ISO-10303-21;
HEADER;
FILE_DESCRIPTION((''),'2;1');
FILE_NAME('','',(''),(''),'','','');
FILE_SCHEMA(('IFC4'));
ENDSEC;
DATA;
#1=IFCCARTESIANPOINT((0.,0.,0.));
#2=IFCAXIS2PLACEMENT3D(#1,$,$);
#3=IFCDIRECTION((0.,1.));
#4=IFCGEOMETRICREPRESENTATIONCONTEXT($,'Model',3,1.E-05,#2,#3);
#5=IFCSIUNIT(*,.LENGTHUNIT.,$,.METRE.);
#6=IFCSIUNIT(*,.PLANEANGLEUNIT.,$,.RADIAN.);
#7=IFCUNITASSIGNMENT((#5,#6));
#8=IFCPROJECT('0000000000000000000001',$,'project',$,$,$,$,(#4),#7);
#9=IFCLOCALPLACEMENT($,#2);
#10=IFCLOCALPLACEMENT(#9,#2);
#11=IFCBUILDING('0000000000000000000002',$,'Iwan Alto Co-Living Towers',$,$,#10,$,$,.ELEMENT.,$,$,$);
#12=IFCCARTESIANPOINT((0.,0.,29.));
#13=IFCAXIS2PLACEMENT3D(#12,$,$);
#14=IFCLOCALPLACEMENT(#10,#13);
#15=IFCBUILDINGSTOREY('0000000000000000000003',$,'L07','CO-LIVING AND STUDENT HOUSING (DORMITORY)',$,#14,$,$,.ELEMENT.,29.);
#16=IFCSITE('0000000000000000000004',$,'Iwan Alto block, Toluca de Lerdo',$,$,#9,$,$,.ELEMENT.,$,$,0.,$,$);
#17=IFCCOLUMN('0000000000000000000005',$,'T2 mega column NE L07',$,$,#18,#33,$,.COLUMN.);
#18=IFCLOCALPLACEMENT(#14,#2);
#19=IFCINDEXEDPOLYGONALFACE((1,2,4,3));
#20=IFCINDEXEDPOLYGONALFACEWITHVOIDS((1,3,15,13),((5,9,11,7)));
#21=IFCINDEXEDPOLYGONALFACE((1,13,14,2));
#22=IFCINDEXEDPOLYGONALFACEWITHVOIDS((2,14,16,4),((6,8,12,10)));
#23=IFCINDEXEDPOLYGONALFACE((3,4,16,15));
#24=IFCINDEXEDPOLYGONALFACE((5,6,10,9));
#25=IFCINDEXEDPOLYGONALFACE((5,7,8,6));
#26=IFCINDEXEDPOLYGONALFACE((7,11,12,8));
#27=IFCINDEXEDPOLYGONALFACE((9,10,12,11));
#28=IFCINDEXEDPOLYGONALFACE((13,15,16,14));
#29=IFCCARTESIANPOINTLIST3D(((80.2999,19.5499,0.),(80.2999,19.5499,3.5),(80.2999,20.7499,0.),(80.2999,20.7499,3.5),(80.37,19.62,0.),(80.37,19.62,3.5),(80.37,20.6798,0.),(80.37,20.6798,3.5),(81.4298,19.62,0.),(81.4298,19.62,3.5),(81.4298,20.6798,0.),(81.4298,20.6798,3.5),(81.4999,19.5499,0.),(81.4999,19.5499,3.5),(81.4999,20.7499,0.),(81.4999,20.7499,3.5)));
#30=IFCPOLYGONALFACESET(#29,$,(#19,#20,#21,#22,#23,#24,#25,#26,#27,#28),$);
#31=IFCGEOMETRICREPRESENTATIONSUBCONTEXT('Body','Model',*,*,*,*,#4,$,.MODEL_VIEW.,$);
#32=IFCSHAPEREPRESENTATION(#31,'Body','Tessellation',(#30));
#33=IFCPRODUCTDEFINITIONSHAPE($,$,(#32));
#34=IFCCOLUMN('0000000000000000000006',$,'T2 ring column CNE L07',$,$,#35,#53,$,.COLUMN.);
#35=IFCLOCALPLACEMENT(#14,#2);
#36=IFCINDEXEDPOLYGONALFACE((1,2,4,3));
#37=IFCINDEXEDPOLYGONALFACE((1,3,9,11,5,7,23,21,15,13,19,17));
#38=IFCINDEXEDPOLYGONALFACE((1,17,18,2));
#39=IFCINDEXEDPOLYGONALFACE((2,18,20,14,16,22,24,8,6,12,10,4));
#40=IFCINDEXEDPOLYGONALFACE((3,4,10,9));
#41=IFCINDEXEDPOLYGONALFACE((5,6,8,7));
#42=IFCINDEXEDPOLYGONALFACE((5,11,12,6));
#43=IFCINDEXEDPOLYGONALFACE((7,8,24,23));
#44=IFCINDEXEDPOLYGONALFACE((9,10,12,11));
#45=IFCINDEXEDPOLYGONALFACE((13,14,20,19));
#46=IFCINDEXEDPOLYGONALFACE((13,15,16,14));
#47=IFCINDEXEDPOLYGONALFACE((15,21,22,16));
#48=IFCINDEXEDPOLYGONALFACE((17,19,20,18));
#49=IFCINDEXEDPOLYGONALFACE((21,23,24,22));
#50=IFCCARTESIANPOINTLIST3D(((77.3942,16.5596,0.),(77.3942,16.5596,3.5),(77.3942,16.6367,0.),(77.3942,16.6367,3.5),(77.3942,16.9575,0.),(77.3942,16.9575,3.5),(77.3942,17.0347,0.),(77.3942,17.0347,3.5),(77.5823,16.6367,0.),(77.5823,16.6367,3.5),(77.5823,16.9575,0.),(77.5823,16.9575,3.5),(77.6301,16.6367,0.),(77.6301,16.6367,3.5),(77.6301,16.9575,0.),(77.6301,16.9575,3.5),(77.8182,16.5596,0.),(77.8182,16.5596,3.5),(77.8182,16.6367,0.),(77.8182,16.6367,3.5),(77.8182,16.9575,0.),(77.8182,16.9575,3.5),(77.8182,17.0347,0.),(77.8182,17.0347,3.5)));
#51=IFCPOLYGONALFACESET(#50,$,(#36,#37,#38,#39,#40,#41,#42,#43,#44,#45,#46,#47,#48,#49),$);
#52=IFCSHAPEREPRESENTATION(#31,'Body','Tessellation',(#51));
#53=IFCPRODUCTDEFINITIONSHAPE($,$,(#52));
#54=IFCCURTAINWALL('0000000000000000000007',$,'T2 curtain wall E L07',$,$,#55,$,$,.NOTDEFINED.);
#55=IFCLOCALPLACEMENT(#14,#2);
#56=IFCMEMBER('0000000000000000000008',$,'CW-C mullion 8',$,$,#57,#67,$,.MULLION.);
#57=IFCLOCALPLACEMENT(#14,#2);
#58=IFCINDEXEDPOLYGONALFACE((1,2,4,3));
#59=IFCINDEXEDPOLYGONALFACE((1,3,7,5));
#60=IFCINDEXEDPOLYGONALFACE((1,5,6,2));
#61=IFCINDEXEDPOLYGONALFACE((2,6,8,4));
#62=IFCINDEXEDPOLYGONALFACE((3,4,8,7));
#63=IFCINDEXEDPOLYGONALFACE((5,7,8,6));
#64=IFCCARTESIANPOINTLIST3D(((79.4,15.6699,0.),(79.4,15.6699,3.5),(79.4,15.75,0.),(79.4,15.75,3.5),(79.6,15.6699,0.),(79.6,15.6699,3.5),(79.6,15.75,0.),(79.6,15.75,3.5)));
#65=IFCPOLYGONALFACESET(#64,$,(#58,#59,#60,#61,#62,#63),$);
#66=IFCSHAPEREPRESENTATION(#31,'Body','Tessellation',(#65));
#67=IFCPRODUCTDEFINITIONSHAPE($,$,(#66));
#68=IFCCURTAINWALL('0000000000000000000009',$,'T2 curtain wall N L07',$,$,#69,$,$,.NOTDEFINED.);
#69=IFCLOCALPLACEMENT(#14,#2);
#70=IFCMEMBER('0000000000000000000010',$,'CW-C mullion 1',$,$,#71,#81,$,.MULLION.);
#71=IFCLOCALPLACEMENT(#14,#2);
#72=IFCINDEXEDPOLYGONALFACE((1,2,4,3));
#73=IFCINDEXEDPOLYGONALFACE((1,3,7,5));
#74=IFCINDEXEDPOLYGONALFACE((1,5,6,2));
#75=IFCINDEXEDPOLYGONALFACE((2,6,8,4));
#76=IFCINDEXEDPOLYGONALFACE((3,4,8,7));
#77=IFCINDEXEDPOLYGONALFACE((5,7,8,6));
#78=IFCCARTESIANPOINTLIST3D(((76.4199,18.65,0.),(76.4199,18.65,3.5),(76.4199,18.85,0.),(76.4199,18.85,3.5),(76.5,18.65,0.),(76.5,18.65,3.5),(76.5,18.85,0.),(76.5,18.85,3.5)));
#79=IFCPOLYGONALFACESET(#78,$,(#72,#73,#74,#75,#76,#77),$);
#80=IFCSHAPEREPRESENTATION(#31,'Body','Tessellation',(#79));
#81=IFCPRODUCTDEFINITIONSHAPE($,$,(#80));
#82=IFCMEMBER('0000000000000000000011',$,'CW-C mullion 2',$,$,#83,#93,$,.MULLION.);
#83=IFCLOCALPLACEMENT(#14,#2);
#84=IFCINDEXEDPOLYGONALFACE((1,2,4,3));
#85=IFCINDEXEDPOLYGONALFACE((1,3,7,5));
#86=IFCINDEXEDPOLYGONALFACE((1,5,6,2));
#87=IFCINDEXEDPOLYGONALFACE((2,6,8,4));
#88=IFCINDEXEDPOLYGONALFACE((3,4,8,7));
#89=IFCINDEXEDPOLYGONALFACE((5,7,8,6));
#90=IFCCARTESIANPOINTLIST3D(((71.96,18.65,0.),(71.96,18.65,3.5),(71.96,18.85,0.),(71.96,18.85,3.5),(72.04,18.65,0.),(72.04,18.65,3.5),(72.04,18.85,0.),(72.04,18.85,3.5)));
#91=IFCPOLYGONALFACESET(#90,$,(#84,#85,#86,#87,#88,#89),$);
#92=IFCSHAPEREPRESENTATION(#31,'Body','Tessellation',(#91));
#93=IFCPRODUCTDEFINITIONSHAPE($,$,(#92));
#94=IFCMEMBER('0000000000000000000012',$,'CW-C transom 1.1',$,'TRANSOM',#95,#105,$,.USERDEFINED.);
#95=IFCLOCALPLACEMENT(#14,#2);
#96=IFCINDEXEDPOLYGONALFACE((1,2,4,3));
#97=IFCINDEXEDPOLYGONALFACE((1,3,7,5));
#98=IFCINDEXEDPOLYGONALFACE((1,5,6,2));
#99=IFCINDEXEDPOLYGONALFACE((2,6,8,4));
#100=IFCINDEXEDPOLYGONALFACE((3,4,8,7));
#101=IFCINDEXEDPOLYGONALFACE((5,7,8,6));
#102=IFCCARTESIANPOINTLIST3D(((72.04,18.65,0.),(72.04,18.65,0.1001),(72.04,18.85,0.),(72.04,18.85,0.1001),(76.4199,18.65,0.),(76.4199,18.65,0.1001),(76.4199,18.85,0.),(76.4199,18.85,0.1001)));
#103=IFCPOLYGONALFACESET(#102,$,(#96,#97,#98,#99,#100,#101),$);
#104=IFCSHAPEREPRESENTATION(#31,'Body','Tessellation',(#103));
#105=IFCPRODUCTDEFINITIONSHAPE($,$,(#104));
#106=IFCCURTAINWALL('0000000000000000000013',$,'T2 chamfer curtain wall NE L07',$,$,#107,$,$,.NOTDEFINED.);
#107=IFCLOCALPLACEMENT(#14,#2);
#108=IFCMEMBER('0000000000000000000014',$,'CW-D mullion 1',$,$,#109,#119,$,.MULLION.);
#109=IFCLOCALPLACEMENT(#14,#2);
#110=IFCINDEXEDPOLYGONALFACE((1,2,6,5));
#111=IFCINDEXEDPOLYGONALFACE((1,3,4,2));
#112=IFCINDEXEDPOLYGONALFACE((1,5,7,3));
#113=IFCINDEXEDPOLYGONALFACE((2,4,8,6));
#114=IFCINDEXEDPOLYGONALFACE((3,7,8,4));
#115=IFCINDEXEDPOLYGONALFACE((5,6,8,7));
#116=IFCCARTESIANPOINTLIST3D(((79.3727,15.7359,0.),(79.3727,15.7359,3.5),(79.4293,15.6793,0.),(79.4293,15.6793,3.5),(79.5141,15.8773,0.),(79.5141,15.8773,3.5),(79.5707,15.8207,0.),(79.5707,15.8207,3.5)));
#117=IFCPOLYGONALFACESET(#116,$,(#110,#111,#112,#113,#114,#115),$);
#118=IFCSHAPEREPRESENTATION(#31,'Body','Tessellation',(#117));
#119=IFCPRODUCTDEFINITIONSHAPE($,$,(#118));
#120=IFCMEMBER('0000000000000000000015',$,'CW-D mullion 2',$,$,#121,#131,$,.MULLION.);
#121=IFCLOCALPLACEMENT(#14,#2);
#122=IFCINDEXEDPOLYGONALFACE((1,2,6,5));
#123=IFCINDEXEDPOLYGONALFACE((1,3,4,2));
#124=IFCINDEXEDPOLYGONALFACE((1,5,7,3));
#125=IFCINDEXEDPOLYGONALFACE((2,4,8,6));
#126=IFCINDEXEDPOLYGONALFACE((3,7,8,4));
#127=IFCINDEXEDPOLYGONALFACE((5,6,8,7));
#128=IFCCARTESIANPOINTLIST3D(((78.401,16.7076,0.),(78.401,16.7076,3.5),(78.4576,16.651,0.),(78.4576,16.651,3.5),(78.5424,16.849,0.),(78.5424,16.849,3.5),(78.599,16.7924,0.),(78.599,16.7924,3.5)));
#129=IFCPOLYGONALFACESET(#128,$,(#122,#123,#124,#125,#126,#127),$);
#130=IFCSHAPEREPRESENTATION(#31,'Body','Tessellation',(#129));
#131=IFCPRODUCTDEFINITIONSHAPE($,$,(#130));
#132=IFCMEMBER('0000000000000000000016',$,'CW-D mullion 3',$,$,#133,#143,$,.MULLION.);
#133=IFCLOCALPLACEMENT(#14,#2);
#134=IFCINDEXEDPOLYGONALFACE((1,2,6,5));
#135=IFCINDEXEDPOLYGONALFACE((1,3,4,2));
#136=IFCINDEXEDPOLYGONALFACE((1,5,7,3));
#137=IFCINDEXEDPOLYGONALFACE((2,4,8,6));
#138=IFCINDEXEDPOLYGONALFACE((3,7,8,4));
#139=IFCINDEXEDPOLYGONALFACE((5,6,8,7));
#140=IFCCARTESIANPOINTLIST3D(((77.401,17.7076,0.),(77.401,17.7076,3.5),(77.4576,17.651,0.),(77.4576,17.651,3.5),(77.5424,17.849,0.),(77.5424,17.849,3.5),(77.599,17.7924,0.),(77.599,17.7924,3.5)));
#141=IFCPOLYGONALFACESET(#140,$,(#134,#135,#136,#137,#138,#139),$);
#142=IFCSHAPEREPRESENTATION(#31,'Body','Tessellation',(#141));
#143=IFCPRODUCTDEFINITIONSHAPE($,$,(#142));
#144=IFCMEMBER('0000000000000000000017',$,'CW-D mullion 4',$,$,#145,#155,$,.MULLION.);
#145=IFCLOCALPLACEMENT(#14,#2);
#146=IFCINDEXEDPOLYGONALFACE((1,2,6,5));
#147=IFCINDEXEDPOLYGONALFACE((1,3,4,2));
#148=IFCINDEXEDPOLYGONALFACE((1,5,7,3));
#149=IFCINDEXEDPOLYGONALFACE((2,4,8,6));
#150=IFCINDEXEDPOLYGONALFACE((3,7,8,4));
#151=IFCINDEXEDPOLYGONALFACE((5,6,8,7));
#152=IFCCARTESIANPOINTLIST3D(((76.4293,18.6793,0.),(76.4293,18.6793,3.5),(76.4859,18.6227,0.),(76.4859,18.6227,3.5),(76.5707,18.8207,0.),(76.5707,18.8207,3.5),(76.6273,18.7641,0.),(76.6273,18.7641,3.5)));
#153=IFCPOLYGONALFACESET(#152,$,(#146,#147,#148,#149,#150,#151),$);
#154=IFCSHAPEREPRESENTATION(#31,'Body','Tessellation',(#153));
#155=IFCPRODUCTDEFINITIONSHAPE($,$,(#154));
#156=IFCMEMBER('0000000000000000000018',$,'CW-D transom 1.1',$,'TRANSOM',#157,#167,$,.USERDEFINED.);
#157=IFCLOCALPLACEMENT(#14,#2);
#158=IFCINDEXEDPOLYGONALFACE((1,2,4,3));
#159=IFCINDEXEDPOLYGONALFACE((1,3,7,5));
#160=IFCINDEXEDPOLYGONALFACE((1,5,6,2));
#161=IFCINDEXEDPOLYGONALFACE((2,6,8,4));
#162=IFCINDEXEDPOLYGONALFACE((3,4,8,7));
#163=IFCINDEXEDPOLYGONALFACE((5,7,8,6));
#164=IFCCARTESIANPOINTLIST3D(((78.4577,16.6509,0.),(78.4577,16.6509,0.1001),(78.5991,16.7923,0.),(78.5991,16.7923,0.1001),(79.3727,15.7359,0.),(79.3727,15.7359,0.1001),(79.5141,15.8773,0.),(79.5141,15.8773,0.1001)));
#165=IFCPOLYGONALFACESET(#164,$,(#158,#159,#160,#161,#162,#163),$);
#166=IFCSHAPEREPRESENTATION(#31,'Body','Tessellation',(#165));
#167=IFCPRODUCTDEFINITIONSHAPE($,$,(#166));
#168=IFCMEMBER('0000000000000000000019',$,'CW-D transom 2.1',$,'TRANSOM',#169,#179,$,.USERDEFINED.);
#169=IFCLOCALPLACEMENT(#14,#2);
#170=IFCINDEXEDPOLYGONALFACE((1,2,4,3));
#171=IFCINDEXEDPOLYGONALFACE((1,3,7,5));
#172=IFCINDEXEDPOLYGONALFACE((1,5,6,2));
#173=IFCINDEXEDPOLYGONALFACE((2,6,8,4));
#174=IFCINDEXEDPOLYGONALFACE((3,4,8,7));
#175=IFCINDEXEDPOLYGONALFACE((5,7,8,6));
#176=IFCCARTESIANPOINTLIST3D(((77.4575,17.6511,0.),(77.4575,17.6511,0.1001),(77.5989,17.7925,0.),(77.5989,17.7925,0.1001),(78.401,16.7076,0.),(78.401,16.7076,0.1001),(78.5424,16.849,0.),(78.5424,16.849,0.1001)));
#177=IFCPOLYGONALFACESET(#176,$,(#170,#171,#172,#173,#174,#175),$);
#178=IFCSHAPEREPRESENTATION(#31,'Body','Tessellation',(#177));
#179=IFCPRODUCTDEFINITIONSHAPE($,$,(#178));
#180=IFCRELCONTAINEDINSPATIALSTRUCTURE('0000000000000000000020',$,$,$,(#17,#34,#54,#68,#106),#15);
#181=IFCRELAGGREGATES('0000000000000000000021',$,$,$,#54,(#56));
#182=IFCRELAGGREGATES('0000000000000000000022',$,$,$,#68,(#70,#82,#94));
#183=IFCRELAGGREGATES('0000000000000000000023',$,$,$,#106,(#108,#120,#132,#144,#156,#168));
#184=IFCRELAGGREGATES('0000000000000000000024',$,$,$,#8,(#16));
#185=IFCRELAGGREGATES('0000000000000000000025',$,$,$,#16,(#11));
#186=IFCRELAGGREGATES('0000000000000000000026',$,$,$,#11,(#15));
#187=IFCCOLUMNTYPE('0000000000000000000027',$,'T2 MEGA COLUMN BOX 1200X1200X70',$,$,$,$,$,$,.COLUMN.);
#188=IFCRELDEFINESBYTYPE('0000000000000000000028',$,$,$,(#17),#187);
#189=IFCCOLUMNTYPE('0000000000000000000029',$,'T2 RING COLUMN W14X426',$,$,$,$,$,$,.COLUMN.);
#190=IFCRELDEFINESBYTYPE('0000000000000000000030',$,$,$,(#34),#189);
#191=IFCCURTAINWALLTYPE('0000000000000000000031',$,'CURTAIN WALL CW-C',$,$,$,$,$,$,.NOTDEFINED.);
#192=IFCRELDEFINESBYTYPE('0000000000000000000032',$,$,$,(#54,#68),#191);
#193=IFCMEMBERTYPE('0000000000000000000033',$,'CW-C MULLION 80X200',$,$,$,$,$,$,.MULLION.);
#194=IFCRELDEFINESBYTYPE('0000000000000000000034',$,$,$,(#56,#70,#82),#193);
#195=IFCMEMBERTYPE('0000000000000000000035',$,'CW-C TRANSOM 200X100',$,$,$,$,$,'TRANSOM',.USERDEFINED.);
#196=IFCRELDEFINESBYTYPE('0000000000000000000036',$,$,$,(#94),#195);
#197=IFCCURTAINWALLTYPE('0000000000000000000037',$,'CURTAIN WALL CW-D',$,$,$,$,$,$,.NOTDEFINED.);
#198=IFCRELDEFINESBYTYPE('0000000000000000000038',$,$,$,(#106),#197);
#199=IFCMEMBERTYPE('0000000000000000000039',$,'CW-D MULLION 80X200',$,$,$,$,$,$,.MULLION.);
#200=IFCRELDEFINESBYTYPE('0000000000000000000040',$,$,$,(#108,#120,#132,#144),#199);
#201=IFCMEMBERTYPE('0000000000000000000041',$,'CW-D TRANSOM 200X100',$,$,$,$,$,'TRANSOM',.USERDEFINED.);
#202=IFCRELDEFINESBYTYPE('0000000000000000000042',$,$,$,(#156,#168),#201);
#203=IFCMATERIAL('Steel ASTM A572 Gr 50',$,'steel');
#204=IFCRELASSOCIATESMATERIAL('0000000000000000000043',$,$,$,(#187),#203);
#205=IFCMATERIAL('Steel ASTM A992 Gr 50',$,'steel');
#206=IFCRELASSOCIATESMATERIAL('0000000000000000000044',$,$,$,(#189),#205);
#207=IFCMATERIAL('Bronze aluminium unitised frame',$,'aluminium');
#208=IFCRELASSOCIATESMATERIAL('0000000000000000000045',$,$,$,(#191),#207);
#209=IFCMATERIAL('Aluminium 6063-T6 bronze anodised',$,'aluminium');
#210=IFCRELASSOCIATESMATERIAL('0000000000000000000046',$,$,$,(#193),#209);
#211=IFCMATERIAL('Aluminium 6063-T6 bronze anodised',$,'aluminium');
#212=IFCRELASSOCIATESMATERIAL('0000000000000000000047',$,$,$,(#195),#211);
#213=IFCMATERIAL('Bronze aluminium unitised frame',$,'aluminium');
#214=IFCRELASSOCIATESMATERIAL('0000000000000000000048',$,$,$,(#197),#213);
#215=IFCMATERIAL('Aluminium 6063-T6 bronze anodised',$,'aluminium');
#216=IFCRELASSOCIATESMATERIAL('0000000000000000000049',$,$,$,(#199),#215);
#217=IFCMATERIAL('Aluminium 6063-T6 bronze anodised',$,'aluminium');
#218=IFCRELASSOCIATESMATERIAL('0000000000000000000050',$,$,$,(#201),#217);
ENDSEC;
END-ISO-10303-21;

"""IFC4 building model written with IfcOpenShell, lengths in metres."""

from ifc_helpers import new_model, si_unit, direction, frame, origin, origin_2d, place, context, subcontext, project, spatial, rectangle, hollow_rectangle, i_section, extrude, material, material_profile, profile_set, type_object, element, aggregate, save


model = new_model("IFC4")

# Units and contexts
model_context = context("Model", 3, precision=1e-05, world=origin(), true_north=direction((0.0, 1.0)))
body_context = subcontext(model_context, "Body", "Model", "MODEL_VIEW")
ifc_project = project(units=[si_unit("LENGTHUNIT", "METRE"), si_unit("PLANEANGLEUNIT", "RADIAN")], contexts=[model_context])

# Site, building, storey
site_placement = place(None, origin())
site = spatial("IfcSite", under=ifc_project, at=site_placement, Name="Iwan Alto block, Toluca de Lerdo", CompositionType="ELEMENT", RefElevation=0.0)
building_placement = place(site_placement, origin())
building = spatial("IfcBuilding", under=site, at=building_placement, Name="Iwan Alto Co-Living Towers", CompositionType="ELEMENT")
storey_placement = place(building_placement, frame((0.0, 0.0, 29.0)))
storey = spatial("IfcBuildingStorey", under=building, at=storey_placement, Name="L07", Description="CO-LIVING AND STUDENT HOUSING (DORMITORY)", CompositionType="ELEMENT", Elevation=29.0)

# Columns
ifc_material_1 = material(Name="Steel ASTM A572 Gr 50", Category="steel")
ifc_material_profile_1 = material_profile(ifc_material_1, hollow_rectangle(XDim=1.2, YDim=1.2, WallThickness=0.0701, at=origin_2d()), Name="BOX 1200X1200X70")
ifc_profile_set_1 = profile_set([ifc_material_profile_1], Name="Steel ASTM A572 Gr 50")
column_type_1 = type_object("IfcColumnType", Name="T2 MEGA COLUMN BOX 1200X1200X70", PredefinedType="COLUMN", material=ifc_profile_set_1)
column_1_placement = place(storey_placement, frame((80.8999, 20.1499, 0.0), z_axis=(0.0, 0.0, 1.0), x_axis=(1.0, 0.0, 0.0)))
element("IfcColumn", 1, at=column_1_placement, inside=storey, type_object=column_type_1, Name="T2 mega column NE L07", PredefinedType="COLUMN", context=body_context, shape_type="SweptSolid", body=[
    extrude(hollow_rectangle(XDim=1.2, YDim=1.2, WallThickness=0.0701, at=origin_2d()), origin(), (0.0, 0.0, 1.0), 3.5),
])
ifc_material_2 = material(Name="Steel ASTM A992 Gr 50", Category="steel")
ifc_material_profile_2 = material_profile(ifc_material_2, i_section(OverallWidth=0.4241, OverallDepth=0.4751, WebThickness=0.0479, FlangeThickness=0.0771, at=origin_2d()), Name="W14X426")
ifc_profile_set_2 = profile_set([ifc_material_profile_2], Name="Steel ASTM A992 Gr 50")
column_type_2 = type_object("IfcColumnType", Name="T2 RING COLUMN W14X426", PredefinedType="COLUMN", material=ifc_profile_set_2)
column_2_placement = place(storey_placement, frame((77.6062, 16.7971, 0.0), z_axis=(0.0, 0.0, 1.0), x_axis=(1.0, 0.0, 0.0)))
element("IfcColumn", 2, at=column_2_placement, inside=storey, type_object=column_type_2, Name="T2 ring column CNE L07", PredefinedType="COLUMN", context=body_context, shape_type="SweptSolid", body=[
    extrude(i_section(OverallWidth=0.4241, OverallDepth=0.4751, WebThickness=0.0479, FlangeThickness=0.0771, at=origin_2d()), origin(), (0.0, 0.0, 1.0), 3.5),
])

# Curtain wall, member
ifc_material_3 = material(Name="Bronze aluminium unitised frame", Category="aluminium")
curtain_wall_type_1 = type_object("IfcCurtainWallType", Name="CURTAIN WALL CW-C", PredefinedType="NOTDEFINED", material=ifc_material_3)
curtain_wall_1_placement = place(storey_placement, origin())
curtain_wall_1 = element("IfcCurtainWall", 3, at=curtain_wall_1_placement, inside=storey, type_object=curtain_wall_type_1, Name="T2 curtain wall E L07", PredefinedType="NOTDEFINED")
ifc_material_4 = material(Name="Aluminium 6063-T6 bronze anodised", Category="aluminium")
ifc_material_profile_3 = material_profile(ifc_material_4, rectangle(XDim=0.2, YDim=0.0801, at=origin_2d()), Name="AL 80X200")
ifc_profile_set_3 = profile_set([ifc_material_profile_3], Name="Aluminium 6063-T6 bronze anodised")
member_type_1 = type_object("IfcMemberType", Name="CW-C MULLION 80X200", PredefinedType="MULLION", material=ifc_profile_set_3)
member_1_placement = place(storey_placement, frame((79.5, 15.71, 0.0), z_axis=(0.0, 0.0, 1.0), x_axis=(-1.0, 0.0, 0.0)))
member_1 = element("IfcMember", 4, at=member_1_placement, type_object=member_type_1, Name="CW-C mullion 8", PredefinedType="MULLION", context=body_context, shape_type="SweptSolid", body=[
    extrude(rectangle(XDim=0.2, YDim=0.0801, at=origin_2d()), origin(), (0.0, 0.0, 1.0), 3.5),
])

# Curtain walls, members
curtain_wall_2_placement = place(storey_placement, origin())
curtain_wall_2 = element("IfcCurtainWall", 5, at=curtain_wall_2_placement, inside=storey, type_object=curtain_wall_type_1, Name="T2 curtain wall N L07", PredefinedType="NOTDEFINED")
member_2_placement = place(storey_placement, frame((76.46, 18.75, 0.0), z_axis=(0.0, 0.0, 1.0), x_axis=(0.0, -1.0, 0.0)))
member_2 = element("IfcMember", 6, at=member_2_placement, type_object=member_type_1, Name="CW-C mullion 1", PredefinedType="MULLION", context=body_context, shape_type="SweptSolid", body=[
    extrude(rectangle(XDim=0.2, YDim=0.0801, at=origin_2d()), origin(), (0.0, 0.0, 1.0), 3.5),
])
member_3_placement = place(storey_placement, frame((72.0, 18.75, 0.0), z_axis=(0.0, 0.0, 1.0), x_axis=(0.0, -1.0, 0.0)))
member_3 = element("IfcMember", 7, at=member_3_placement, type_object=member_type_1, Name="CW-C mullion 2", PredefinedType="MULLION", context=body_context, shape_type="SweptSolid", body=[
    extrude(rectangle(XDim=0.2, YDim=0.0801, at=origin_2d()), origin(), (0.0, 0.0, 1.0), 3.5),
])
ifc_material_5 = material(Name="Aluminium 6063-T6 bronze anodised", Category="aluminium")
ifc_material_profile_4 = material_profile(ifc_material_5, rectangle(XDim=0.2, YDim=0.1001, at=origin_2d()), Name="AL 200X100")
ifc_profile_set_4 = profile_set([ifc_material_profile_4], Name="Aluminium 6063-T6 bronze anodised")
member_type_2 = type_object("IfcMemberType", Name="CW-C TRANSOM 200X100", ElementType="TRANSOM", PredefinedType="USERDEFINED", material=ifc_profile_set_4)
member_4_placement = place(storey_placement, frame((76.4199, 18.75, 0.05), z_axis=(-1.0, 0.0, 0.0), x_axis=(0.0, -1.0, 0.0)))
member_4 = element("IfcMember", 8, at=member_4_placement, type_object=member_type_2, Name="CW-C transom 1.1", ObjectType="TRANSOM", PredefinedType="USERDEFINED", context=body_context, shape_type="SweptSolid", body=[
    extrude(rectangle(XDim=0.2, YDim=0.1001, at=origin_2d()), origin(), (0.0, 0.0, 1.0), 4.3799),
])
ifc_material_6 = material(Name="Bronze aluminium unitised frame", Category="aluminium")
curtain_wall_type_2 = type_object("IfcCurtainWallType", Name="CURTAIN WALL CW-D", PredefinedType="NOTDEFINED", material=ifc_material_6)
curtain_wall_3_placement = place(storey_placement, origin())
curtain_wall_3 = element("IfcCurtainWall", 9, at=curtain_wall_3_placement, inside=storey, type_object=curtain_wall_type_2, Name="T2 chamfer curtain wall NE L07", PredefinedType="NOTDEFINED")
ifc_material_7 = material(Name="Aluminium 6063-T6 bronze anodised", Category="aluminium")
ifc_material_profile_5 = material_profile(ifc_material_7, rectangle(XDim=0.2, YDim=0.0801, at=origin_2d()), Name="AL 80X200")
ifc_profile_set_5 = profile_set([ifc_material_profile_5], Name="Aluminium 6063-T6 bronze anodised")
member_type_3 = type_object("IfcMemberType", Name="CW-D MULLION 80X200", PredefinedType="MULLION", material=ifc_profile_set_5)
member_5_placement = place(storey_placement, frame((79.4717, 15.7783, 0.0), z_axis=(0.0, 0.0, 1.0), x_axis=(-0.707107, -0.707107, 0.0)))
member_5 = element("IfcMember", 10, at=member_5_placement, type_object=member_type_3, Name="CW-D mullion 1", PredefinedType="MULLION", context=body_context, shape_type="SweptSolid", body=[
    extrude(rectangle(XDim=0.2, YDim=0.0801, at=origin_2d()), origin(), (0.0, 0.0, 1.0), 3.5),
])
member_6_placement = place(storey_placement, frame((78.5, 16.75, 0.0), z_axis=(0.0, 0.0, 1.0), x_axis=(-0.707107, -0.707107, 0.0)))
member_6 = element("IfcMember", 11, at=member_6_placement, type_object=member_type_3, Name="CW-D mullion 2", PredefinedType="MULLION", context=body_context, shape_type="SweptSolid", body=[
    extrude(rectangle(XDim=0.2, YDim=0.0801, at=origin_2d()), origin(), (0.0, 0.0, 1.0), 3.5),
])
member_7_placement = place(storey_placement, frame((77.5, 17.75, 0.0), z_axis=(0.0, 0.0, 1.0), x_axis=(-0.707107, -0.707107, 0.0)))
member_7 = element("IfcMember", 12, at=member_7_placement, type_object=member_type_3, Name="CW-D mullion 3", PredefinedType="MULLION", context=body_context, shape_type="SweptSolid", body=[
    extrude(rectangle(XDim=0.2, YDim=0.0801, at=origin_2d()), origin(), (0.0, 0.0, 1.0), 3.5),
])
member_8_placement = place(storey_placement, frame((76.5283, 18.7217, 0.0), z_axis=(0.0, 0.0, 1.0), x_axis=(-0.707107, -0.707107, 0.0)))
member_8 = element("IfcMember", 13, at=member_8_placement, type_object=member_type_3, Name="CW-D mullion 4", PredefinedType="MULLION", context=body_context, shape_type="SweptSolid", body=[
    extrude(rectangle(XDim=0.2, YDim=0.0801, at=origin_2d()), origin(), (0.0, 0.0, 1.0), 3.5),
])
ifc_material_8 = material(Name="Aluminium 6063-T6 bronze anodised", Category="aluminium")
ifc_material_profile_6 = material_profile(ifc_material_8, rectangle(XDim=0.2, YDim=0.1001, at=origin_2d()), Name="AL 200X100")
ifc_profile_set_6 = profile_set([ifc_material_profile_6], Name="Aluminium 6063-T6 bronze anodised")
member_type_4 = type_object("IfcMemberType", Name="CW-D TRANSOM 200X100", ElementType="TRANSOM", PredefinedType="USERDEFINED", material=ifc_profile_set_6)
member_9_placement = place(storey_placement, frame((79.4434, 15.8066, 0.05), z_axis=(-0.707107, 0.707107, 0.0), x_axis=(-0.707107, -0.707107, 0.0)))
member_9 = element("IfcMember", 14, at=member_9_placement, type_object=member_type_4, Name="CW-D transom 1.1", ObjectType="TRANSOM", PredefinedType="USERDEFINED", context=body_context, shape_type="SweptSolid", body=[
    extrude(rectangle(XDim=0.2, YDim=0.1001, at=origin_2d()), origin(), (0.0, 0.0, 1.0), 1.2939),
])
member_10_placement = place(storey_placement, frame((78.4717, 16.7783, 0.05), z_axis=(-0.707107, 0.707107, 0.0), x_axis=(-0.707107, -0.707107, 0.0)))
member_10 = element("IfcMember", 15, at=member_10_placement, type_object=member_type_4, Name="CW-D transom 2.1", ObjectType="TRANSOM", PredefinedType="USERDEFINED", context=body_context, shape_type="SweptSolid", body=[
    extrude(rectangle(XDim=0.2, YDim=0.1001, at=origin_2d()), origin(), (0.0, 0.0, 1.0), 1.3342),
])

aggregate(curtain_wall_1, [member_1])
aggregate(curtain_wall_2, [member_2, member_3, member_4])
aggregate(curtain_wall_3, [member_5, member_6, member_7, member_8, member_9, member_10])

save(model, "model.ifc")
